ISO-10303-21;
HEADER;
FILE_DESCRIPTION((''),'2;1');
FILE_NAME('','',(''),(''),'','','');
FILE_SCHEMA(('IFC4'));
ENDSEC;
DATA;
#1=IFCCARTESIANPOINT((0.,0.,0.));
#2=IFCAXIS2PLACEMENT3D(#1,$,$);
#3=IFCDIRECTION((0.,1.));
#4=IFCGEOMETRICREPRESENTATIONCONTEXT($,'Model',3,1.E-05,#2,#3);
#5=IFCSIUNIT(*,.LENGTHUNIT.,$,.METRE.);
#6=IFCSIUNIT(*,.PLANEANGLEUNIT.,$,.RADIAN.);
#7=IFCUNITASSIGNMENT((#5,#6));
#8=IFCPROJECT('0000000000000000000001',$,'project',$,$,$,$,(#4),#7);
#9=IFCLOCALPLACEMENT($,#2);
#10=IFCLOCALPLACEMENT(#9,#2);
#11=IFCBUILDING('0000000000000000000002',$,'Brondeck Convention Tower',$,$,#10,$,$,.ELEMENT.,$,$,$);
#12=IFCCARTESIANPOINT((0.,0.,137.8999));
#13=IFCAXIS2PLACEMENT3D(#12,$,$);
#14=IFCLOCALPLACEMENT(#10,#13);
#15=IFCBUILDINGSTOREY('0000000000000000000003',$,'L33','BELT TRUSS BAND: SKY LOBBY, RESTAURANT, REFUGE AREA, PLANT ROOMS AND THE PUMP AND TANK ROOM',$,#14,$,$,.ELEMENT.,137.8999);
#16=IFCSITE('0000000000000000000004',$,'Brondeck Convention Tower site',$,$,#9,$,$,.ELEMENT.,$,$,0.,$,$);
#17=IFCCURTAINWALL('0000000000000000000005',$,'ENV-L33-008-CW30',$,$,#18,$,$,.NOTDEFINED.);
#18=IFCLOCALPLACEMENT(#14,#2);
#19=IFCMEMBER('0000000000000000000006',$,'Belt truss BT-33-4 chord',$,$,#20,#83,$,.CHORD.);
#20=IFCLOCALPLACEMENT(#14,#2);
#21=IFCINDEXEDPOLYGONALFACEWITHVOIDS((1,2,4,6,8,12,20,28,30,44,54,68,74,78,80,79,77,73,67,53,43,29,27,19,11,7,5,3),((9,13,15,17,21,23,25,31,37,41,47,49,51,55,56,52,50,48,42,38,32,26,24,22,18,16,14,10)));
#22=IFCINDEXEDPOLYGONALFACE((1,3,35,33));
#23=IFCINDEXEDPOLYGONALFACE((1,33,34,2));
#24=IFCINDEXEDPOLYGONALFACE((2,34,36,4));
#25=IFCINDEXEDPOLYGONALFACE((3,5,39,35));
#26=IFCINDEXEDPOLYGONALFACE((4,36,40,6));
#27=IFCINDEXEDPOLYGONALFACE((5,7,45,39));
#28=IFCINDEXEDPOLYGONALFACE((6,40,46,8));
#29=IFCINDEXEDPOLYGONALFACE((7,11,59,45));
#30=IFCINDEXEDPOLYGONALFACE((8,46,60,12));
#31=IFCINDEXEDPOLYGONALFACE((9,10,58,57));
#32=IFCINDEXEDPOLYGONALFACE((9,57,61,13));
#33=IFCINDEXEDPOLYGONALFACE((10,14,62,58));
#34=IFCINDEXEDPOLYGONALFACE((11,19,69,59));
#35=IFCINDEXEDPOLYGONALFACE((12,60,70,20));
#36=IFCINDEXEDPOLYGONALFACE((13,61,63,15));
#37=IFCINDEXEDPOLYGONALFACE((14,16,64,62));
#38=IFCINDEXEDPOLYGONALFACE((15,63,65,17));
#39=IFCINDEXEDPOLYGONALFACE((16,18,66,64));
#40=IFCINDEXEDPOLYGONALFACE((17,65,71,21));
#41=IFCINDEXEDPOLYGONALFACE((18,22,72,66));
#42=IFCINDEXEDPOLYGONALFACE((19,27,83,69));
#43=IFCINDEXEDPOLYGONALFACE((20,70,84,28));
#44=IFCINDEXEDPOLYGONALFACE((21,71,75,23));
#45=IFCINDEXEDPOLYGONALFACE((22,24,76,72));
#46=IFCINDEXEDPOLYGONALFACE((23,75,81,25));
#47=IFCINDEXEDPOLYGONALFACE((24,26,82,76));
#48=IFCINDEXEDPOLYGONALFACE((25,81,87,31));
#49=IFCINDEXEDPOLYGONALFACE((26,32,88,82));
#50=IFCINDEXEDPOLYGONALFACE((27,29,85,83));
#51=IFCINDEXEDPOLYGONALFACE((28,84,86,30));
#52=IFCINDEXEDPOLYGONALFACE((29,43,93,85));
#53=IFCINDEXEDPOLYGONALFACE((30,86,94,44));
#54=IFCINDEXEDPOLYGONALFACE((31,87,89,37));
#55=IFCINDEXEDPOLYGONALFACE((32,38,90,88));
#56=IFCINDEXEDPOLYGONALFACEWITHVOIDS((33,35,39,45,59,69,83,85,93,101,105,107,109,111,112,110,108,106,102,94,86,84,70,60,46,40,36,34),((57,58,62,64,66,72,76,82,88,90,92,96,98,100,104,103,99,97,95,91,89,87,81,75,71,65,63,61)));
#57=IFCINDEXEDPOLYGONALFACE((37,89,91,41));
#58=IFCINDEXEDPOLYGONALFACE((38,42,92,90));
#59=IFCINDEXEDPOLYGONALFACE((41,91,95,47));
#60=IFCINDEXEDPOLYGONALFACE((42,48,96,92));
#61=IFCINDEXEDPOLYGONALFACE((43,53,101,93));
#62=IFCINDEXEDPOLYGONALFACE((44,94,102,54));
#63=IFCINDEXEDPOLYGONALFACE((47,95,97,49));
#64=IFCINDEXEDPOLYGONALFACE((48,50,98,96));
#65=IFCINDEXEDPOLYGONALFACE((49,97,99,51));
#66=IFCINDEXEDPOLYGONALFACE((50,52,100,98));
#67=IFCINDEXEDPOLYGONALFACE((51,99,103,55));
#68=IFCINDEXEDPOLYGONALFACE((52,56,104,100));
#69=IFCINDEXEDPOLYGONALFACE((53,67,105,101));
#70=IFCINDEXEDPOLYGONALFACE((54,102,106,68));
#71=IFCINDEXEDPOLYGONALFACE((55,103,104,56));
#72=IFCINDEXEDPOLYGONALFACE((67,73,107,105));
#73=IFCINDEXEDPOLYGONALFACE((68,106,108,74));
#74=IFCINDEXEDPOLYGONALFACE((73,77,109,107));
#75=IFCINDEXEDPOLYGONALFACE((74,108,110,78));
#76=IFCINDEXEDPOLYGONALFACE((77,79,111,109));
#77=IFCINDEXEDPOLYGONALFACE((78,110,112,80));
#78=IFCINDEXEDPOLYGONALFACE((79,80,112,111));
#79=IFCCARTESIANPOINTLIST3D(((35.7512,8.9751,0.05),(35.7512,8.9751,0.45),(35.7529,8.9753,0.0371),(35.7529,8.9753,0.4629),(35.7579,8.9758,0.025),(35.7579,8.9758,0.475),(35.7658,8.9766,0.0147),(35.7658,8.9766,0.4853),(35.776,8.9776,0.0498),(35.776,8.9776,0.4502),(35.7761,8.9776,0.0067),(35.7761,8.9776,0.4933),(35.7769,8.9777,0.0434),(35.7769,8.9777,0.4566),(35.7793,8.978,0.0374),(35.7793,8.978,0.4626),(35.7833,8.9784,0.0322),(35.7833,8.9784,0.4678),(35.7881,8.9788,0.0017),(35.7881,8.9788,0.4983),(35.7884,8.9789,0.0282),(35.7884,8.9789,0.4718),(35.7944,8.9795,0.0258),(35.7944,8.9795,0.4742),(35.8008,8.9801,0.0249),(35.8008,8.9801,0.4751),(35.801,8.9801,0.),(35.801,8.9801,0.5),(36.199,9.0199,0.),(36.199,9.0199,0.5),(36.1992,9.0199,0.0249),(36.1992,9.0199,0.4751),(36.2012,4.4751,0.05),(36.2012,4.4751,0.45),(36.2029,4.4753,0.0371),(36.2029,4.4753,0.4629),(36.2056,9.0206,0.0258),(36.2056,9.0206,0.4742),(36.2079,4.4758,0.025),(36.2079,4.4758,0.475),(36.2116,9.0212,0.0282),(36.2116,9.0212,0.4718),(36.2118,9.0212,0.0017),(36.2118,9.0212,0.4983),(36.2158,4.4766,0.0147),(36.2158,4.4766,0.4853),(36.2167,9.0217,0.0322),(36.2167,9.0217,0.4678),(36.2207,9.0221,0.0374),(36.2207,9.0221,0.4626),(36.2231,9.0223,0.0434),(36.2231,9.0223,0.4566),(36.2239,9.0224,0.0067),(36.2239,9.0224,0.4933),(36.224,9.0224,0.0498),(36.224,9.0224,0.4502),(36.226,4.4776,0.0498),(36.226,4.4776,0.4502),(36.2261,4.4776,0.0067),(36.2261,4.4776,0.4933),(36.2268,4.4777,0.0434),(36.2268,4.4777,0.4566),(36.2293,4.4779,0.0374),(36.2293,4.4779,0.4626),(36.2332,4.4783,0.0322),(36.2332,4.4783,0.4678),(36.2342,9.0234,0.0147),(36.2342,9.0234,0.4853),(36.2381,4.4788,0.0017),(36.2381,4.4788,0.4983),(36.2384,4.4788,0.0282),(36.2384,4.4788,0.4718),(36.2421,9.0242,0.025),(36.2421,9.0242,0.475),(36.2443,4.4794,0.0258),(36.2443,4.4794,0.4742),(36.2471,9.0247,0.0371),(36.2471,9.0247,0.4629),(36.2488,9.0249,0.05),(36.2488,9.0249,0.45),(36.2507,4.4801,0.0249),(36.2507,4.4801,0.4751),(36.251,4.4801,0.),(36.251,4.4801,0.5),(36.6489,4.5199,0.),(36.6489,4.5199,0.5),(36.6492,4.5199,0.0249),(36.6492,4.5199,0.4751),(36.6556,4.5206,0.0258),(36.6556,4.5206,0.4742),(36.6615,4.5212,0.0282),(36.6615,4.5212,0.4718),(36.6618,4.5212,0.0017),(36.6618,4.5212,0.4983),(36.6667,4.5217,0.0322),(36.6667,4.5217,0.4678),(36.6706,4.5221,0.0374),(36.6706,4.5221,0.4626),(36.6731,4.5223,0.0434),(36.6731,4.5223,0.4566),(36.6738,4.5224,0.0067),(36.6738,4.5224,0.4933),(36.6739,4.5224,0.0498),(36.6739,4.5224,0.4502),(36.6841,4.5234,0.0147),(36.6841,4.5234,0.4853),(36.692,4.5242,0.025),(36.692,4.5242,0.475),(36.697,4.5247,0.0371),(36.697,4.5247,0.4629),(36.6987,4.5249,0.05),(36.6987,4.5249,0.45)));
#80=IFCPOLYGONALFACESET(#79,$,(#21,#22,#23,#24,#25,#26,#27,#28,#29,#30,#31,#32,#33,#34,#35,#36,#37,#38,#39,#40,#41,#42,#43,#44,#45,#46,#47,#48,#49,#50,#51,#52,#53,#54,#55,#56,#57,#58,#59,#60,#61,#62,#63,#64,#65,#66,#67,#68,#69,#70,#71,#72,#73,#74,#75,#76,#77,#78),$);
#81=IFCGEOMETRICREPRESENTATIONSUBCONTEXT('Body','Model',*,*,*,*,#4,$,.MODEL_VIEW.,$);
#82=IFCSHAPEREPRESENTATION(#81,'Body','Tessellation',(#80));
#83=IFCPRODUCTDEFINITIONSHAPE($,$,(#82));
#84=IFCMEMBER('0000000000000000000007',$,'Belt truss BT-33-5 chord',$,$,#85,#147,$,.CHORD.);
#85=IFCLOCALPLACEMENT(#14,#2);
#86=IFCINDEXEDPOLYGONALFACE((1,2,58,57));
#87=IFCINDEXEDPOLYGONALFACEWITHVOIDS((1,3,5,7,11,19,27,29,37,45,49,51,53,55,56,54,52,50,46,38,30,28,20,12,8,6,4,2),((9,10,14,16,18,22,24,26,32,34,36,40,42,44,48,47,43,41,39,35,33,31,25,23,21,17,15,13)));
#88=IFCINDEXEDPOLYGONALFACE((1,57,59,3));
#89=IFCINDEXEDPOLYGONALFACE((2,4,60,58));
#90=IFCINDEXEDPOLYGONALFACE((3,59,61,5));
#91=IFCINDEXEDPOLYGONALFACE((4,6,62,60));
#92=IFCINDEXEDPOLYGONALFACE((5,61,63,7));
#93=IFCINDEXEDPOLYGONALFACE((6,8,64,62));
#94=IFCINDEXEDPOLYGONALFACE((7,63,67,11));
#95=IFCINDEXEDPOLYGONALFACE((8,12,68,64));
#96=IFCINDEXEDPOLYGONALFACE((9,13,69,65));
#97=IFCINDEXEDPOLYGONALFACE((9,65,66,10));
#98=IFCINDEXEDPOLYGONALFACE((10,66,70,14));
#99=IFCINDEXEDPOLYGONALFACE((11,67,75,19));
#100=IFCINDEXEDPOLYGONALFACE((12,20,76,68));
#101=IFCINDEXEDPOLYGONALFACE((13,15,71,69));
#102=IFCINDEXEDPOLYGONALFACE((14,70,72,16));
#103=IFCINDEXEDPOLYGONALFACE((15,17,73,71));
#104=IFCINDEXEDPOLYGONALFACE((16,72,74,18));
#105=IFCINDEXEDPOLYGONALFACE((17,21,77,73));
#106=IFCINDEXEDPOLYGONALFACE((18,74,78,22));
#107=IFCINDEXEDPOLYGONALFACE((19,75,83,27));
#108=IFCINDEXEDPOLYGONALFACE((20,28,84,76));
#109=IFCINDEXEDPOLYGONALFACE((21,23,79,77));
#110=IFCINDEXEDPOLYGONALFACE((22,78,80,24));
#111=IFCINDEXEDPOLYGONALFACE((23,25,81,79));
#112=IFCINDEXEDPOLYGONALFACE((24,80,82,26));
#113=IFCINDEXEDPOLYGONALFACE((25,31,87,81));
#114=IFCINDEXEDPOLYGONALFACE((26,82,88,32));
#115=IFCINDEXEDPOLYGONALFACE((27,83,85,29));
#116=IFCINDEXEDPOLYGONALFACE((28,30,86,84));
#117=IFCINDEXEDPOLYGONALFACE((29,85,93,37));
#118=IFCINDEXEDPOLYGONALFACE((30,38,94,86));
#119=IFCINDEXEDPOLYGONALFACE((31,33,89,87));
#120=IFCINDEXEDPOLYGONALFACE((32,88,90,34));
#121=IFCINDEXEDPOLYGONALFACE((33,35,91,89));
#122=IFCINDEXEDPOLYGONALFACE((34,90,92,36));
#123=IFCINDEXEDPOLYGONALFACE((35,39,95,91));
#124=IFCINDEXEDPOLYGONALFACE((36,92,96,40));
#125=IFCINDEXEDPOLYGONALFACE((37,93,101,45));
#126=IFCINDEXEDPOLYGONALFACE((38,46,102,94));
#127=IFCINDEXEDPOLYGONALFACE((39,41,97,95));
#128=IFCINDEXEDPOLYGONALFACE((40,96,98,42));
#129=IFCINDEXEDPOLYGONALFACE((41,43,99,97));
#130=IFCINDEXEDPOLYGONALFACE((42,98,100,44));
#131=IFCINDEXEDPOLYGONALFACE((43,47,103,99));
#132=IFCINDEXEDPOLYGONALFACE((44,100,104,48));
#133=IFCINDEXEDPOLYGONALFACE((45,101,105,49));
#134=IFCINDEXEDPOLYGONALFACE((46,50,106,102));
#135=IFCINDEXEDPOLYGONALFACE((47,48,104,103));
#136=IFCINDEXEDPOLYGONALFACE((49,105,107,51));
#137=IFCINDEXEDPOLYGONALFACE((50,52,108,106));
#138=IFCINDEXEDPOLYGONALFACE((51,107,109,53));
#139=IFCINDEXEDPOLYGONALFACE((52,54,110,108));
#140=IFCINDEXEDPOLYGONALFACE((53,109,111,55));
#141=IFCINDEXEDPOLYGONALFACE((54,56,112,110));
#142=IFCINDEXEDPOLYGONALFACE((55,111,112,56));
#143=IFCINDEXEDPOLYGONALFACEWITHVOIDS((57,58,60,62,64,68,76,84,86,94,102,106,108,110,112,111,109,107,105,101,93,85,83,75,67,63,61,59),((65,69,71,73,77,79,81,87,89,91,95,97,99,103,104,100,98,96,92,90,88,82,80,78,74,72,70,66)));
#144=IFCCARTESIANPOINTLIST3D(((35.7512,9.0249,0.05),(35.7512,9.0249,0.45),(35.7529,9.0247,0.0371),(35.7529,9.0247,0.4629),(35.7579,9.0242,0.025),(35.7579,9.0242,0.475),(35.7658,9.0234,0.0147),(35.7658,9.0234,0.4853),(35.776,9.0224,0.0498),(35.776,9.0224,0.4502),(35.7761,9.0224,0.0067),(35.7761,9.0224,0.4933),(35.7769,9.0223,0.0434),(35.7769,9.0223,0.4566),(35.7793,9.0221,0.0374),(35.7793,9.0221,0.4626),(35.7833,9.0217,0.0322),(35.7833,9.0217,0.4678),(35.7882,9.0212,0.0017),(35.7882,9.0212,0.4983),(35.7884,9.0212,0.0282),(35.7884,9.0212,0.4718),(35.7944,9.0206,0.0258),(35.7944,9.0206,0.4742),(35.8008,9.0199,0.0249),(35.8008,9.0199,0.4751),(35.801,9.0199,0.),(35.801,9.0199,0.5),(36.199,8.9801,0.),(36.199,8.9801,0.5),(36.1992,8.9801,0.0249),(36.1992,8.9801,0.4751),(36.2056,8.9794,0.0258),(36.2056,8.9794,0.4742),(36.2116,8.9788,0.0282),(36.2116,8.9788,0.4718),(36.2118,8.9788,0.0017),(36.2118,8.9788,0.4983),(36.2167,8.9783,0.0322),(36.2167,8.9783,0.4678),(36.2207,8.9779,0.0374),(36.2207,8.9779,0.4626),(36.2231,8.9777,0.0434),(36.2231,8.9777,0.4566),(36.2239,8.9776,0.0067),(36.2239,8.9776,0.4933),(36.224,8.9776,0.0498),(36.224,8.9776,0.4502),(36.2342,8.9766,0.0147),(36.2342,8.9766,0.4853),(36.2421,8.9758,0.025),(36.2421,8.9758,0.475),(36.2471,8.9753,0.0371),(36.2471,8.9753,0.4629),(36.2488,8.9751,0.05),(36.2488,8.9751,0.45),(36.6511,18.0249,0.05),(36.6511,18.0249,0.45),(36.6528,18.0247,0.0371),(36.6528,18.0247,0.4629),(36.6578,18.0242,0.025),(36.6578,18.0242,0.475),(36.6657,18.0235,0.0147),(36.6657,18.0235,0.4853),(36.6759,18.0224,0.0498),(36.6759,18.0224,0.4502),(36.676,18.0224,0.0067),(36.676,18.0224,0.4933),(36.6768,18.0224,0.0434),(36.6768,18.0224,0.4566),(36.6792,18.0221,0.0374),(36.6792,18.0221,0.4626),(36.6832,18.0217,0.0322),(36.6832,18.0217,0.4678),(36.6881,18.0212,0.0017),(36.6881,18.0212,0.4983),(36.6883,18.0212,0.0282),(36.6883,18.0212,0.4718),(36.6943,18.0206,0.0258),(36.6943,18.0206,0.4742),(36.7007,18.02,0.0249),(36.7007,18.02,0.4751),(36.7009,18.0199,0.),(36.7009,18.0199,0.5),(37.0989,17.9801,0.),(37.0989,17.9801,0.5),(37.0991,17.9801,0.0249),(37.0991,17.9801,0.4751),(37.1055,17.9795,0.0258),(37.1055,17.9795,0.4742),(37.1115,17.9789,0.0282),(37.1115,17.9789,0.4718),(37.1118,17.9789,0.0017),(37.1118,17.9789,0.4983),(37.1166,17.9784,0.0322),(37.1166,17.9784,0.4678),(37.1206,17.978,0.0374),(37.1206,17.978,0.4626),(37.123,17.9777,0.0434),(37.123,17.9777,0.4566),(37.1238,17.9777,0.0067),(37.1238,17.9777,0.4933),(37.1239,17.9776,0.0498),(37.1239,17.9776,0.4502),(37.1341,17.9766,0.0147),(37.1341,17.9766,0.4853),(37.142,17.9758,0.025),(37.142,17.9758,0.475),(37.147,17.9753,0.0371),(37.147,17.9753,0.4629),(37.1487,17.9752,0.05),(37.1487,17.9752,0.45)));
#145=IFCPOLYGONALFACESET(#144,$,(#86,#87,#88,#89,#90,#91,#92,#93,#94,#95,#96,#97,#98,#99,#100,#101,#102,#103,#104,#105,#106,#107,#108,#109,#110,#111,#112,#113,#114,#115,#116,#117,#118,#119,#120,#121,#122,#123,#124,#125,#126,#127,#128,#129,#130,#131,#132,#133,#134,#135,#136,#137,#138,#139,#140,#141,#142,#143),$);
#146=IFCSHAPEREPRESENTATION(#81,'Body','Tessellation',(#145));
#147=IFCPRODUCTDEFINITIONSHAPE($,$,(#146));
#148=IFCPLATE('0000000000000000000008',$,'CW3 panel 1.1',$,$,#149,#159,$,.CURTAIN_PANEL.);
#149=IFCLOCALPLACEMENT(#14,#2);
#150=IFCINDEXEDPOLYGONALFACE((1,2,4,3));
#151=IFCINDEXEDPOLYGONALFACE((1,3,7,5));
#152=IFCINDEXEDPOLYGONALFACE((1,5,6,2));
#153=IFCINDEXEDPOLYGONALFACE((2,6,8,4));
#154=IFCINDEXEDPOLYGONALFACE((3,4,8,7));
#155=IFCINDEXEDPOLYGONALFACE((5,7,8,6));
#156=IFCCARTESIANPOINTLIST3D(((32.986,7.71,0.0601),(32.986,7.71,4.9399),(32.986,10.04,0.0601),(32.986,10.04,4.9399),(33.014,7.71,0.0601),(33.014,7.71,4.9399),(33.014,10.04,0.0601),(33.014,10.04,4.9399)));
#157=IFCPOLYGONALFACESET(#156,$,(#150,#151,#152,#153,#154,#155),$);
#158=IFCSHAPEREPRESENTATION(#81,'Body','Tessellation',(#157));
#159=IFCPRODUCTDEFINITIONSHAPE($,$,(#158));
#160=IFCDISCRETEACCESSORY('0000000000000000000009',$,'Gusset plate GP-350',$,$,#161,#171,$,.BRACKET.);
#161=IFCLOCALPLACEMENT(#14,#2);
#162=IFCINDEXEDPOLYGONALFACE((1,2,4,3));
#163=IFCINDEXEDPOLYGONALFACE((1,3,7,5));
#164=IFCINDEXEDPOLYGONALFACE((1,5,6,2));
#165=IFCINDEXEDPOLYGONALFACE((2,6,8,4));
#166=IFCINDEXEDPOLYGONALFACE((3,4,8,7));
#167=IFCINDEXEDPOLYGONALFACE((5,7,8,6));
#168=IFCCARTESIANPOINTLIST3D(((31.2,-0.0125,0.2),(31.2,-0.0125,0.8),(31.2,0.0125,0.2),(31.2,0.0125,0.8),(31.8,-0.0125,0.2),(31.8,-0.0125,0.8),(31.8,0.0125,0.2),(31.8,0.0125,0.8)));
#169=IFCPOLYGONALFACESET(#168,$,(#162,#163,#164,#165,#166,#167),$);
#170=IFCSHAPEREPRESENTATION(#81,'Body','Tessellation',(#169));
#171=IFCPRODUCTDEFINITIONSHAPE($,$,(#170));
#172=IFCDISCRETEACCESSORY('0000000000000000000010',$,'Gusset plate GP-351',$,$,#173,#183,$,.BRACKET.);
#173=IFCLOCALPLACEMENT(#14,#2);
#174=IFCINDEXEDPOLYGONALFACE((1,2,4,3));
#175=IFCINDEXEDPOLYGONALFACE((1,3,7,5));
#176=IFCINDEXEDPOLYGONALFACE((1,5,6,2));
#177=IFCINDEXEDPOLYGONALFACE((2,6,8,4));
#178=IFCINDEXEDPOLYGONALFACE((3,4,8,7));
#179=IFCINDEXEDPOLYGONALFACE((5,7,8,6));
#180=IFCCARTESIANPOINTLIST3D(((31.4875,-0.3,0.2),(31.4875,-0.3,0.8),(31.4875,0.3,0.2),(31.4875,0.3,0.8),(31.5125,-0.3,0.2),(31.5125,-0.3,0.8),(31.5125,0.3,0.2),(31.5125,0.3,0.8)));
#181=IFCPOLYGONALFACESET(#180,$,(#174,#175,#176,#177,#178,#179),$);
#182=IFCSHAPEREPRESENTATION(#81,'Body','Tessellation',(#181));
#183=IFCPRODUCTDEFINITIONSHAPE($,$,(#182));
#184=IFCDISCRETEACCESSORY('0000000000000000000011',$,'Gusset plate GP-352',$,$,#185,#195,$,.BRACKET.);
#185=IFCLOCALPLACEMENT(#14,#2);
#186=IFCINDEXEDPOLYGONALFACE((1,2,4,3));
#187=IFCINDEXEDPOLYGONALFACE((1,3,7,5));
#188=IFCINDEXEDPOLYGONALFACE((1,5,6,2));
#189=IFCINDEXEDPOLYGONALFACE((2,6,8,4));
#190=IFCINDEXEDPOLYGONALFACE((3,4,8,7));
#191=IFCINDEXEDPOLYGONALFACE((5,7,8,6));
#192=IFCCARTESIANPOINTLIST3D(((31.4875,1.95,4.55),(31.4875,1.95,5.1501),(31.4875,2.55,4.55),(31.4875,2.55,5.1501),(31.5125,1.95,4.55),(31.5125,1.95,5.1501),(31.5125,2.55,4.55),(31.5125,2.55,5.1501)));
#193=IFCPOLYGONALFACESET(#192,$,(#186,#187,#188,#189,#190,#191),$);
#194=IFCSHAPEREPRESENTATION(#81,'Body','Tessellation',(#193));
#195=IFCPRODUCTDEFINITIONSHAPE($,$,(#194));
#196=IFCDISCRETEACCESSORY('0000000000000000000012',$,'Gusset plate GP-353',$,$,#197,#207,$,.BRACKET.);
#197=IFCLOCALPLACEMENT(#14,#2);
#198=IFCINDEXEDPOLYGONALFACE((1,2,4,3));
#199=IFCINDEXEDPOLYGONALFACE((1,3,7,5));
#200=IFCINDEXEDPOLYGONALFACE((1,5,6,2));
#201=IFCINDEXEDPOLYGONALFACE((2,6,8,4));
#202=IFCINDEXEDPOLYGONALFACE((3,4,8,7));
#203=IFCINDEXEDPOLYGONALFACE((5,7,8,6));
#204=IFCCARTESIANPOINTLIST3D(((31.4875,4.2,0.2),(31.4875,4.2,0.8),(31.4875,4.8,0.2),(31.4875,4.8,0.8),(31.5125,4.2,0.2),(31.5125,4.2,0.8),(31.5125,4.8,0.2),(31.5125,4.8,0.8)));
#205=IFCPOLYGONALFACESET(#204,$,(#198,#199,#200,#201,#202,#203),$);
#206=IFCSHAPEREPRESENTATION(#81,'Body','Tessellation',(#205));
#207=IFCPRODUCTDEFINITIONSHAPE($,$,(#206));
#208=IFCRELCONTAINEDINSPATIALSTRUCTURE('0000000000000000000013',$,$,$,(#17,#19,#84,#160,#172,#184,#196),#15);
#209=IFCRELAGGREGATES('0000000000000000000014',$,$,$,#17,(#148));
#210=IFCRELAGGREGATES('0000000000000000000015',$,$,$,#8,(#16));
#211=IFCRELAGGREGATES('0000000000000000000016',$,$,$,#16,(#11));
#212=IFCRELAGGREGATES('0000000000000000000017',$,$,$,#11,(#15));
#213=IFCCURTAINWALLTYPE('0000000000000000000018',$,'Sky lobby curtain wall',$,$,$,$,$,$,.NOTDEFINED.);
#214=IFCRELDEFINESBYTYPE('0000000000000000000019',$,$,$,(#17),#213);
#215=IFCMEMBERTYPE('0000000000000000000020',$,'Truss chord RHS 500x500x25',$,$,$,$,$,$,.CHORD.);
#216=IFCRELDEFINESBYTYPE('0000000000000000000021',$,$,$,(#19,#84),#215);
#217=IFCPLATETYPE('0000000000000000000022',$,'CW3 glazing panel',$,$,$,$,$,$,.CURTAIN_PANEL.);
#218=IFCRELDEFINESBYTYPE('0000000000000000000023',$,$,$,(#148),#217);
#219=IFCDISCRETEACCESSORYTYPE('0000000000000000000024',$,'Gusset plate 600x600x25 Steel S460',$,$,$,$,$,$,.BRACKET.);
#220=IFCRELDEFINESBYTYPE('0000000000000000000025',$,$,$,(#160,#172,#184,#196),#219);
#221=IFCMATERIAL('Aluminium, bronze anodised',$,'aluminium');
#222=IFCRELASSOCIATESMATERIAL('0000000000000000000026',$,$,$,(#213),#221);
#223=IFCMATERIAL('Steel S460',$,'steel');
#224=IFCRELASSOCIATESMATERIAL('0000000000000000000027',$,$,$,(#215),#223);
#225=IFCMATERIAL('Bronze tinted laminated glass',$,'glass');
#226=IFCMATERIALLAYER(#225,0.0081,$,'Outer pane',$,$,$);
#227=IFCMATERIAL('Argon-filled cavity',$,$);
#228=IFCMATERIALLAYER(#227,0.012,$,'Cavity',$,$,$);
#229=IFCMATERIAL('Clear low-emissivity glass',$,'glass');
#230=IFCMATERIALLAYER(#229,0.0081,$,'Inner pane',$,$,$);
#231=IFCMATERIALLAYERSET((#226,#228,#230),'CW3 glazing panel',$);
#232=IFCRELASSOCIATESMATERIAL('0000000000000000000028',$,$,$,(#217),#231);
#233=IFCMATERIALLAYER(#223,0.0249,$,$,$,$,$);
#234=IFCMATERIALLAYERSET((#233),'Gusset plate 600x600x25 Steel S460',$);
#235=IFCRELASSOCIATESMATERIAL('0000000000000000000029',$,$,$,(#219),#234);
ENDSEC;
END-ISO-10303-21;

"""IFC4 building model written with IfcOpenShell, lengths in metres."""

from ifc_helpers import new_model, si_unit, direction, frame, origin, origin_2d, place, context, subcontext, project, spatial, rectangle, hollow_rectangle, extrude, material, layer, layer_set, material_profile, profile_set, type_object, element, aggregate, save


model = new_model("IFC4")

# Units and contexts
model_context = context("Model", 3, precision=1e-05, world=origin(), true_north=direction((0.0, 1.0)))
body_context = subcontext(model_context, "Body", "Model", "MODEL_VIEW")
ifc_project = project(units=[si_unit("LENGTHUNIT", "METRE"), si_unit("PLANEANGLEUNIT", "RADIAN")], contexts=[model_context])

# Site, building, storey
site_placement = place(None, origin())
site = spatial("IfcSite", under=ifc_project, at=site_placement, Name="Brondeck Convention Tower site", CompositionType="ELEMENT", RefElevation=0.0)
building_placement = place(site_placement, origin())
building = spatial("IfcBuilding", under=site, at=building_placement, Name="Brondeck Convention Tower", CompositionType="ELEMENT")
storey_placement = place(building_placement, frame((0.0, 0.0, 137.8999)))
storey = spatial("IfcBuildingStorey", under=building, at=storey_placement, Name="L33", Description="BELT TRUSS BAND: SKY LOBBY, RESTAURANT, REFUGE AREA, PLANT ROOMS AND THE PUMP AND TANK ROOM", CompositionType="ELEMENT", Elevation=137.8999)

# Shared definitions
ifc_material_1 = material(Name="Aluminium, bronze anodised", Category="aluminium")
curtain_wall_type = type_object("IfcCurtainWallType", Name="Sky lobby curtain wall", PredefinedType="NOTDEFINED", material=ifc_material_1)

# Curtain wall
curtain_wall_1_placement = place(storey_placement, origin())
curtain_wall_1 = element("IfcCurtainWall", 1, at=curtain_wall_1_placement, inside=storey, type_object=curtain_wall_type, Name="ENV-L33-008-CW30", PredefinedType="NOTDEFINED")

# Shared definitions
ifc_material_2 = material(Name="Steel S460", Category="steel")

# Members
ifc_material_profile_1 = material_profile(ifc_material_2, hollow_rectangle(XDim=0.5, YDim=0.5, WallThickness=0.0249, InnerFilletRadius=0.0249, OuterFilletRadius=0.05, at=origin_2d()), Name="RHS 500x500x25")
ifc_profile_set_1 = profile_set([ifc_material_profile_1], Name="Steel S460")
member_type_1 = type_object("IfcMemberType", Name="Truss chord RHS 500x500x25", PredefinedType="CHORD", material=ifc_profile_set_1)
member_1_placement = place(storey_placement, frame((36.45, 4.5, 0.25), z_axis=(-0.099493, 0.995038, 0.0), x_axis=(-0.995038, -0.099493, 0.0)))
element("IfcMember", 2, at=member_1_placement, inside=storey, type_object=member_type_1, Name="Belt truss BT-33-4 chord", PredefinedType="CHORD", context=body_context, shape_type="SweptSolid", body=[
    extrude(hollow_rectangle(XDim=0.5, YDim=0.5, WallThickness=0.0249, InnerFilletRadius=0.0249, OuterFilletRadius=0.05, at=origin_2d()), origin(), (0.0, 0.0, 1.0), 4.5225),
])
member_2_placement = place(storey_placement, frame((36.0, 9.0, 0.25), z_axis=(0.099493, 0.995038, 0.0), x_axis=(-0.995038, 0.099493, 0.0)))
element("IfcMember", 3, at=member_2_placement, inside=storey, type_object=member_type_1, Name="Belt truss BT-33-5 chord", PredefinedType="CHORD", context=body_context, shape_type="SweptSolid", body=[
    extrude(hollow_rectangle(XDim=0.5, YDim=0.5, WallThickness=0.0249, InnerFilletRadius=0.0249, OuterFilletRadius=0.05, at=origin_2d()), origin(), (0.0, 0.0, 1.0), 9.0449),
])

# Plate
ifc_material_3 = material(Name="Bronze tinted laminated glass", Category="glass")
ifc_layer_1 = layer(ifc_material_3, 0.0081, Name="Outer pane")
ifc_material_4 = material(Name="Argon-filled cavity")
ifc_layer_2 = layer(ifc_material_4, 0.012, Name="Cavity")
ifc_material_5 = material(Name="Clear low-emissivity glass", Category="glass")
ifc_layer_3 = layer(ifc_material_5, 0.0081, Name="Inner pane")
ifc_layer_set_1 = layer_set([ifc_layer_1, ifc_layer_2, ifc_layer_3], Name="CW3 glazing panel")
plate_type = type_object("IfcPlateType", Name="CW3 glazing panel", PredefinedType="CURTAIN_PANEL", material=ifc_layer_set_1)
plate_placement = place(storey_placement, frame((33.0, 8.875, 0.0601), z_axis=(0.0, 0.0, 1.0), x_axis=(0.0, -1.0, 0.0)))
plate = element("IfcPlate", 4, at=plate_placement, type_object=plate_type, Name="CW3 panel 1.1", PredefinedType="CURTAIN_PANEL", context=body_context, shape_type="SweptSolid", body=[
    extrude(rectangle(XDim=2.3301, YDim=0.0281, at=origin_2d()), origin(), (0.0, 0.0, 1.0), 4.8799),
])
aggregate(curtain_wall_1, [plate])

# Discrete accessories
ifc_layer_4 = layer(ifc_material_2, 0.0249)
ifc_layer_set_2 = layer_set([ifc_layer_4], Name="Gusset plate 600x600x25 Steel S460")
discrete_accessory_type = type_object("IfcDiscreteAccessoryType", Name="Gusset plate 600x600x25 Steel S460", PredefinedType="BRACKET", material=ifc_layer_set_2)
for number, where, z_axis, x_axis, name in (
    (5, (31.5, 0.0, 0.2), (0.0, 0.0, 1.0), (1.0, 0.0, 0.0), "Gusset plate GP-350"),
    (6, (31.5, 0.0, 0.2), (0.0, 0.0, 1.0), (0.0, 1.0, 0.0), "Gusset plate GP-351"),
    (7, (31.5, 2.25, 4.55), (0.0, 0.0, 1.0), (0.0, 1.0, 0.0), "Gusset plate GP-352"),
    (8, (31.5, 4.5, 0.2), (0.0, 0.0, 1.0), (0.0, 1.0, 0.0), "Gusset plate GP-353"),
):
    element("IfcDiscreteAccessory", number, at=place(storey_placement, frame(where, z_axis=z_axis, x_axis=x_axis)), inside=storey, type_object=discrete_accessory_type, Name=name, PredefinedType="BRACKET", context=body_context, shape_type="SweptSolid", body=[
        extrude(rectangle(XDim=0.6001, YDim=0.0249, at=origin_2d()), origin(), (0.0, 0.0, 1.0), 0.6001),
    ])

save(model, "model.ifc")
